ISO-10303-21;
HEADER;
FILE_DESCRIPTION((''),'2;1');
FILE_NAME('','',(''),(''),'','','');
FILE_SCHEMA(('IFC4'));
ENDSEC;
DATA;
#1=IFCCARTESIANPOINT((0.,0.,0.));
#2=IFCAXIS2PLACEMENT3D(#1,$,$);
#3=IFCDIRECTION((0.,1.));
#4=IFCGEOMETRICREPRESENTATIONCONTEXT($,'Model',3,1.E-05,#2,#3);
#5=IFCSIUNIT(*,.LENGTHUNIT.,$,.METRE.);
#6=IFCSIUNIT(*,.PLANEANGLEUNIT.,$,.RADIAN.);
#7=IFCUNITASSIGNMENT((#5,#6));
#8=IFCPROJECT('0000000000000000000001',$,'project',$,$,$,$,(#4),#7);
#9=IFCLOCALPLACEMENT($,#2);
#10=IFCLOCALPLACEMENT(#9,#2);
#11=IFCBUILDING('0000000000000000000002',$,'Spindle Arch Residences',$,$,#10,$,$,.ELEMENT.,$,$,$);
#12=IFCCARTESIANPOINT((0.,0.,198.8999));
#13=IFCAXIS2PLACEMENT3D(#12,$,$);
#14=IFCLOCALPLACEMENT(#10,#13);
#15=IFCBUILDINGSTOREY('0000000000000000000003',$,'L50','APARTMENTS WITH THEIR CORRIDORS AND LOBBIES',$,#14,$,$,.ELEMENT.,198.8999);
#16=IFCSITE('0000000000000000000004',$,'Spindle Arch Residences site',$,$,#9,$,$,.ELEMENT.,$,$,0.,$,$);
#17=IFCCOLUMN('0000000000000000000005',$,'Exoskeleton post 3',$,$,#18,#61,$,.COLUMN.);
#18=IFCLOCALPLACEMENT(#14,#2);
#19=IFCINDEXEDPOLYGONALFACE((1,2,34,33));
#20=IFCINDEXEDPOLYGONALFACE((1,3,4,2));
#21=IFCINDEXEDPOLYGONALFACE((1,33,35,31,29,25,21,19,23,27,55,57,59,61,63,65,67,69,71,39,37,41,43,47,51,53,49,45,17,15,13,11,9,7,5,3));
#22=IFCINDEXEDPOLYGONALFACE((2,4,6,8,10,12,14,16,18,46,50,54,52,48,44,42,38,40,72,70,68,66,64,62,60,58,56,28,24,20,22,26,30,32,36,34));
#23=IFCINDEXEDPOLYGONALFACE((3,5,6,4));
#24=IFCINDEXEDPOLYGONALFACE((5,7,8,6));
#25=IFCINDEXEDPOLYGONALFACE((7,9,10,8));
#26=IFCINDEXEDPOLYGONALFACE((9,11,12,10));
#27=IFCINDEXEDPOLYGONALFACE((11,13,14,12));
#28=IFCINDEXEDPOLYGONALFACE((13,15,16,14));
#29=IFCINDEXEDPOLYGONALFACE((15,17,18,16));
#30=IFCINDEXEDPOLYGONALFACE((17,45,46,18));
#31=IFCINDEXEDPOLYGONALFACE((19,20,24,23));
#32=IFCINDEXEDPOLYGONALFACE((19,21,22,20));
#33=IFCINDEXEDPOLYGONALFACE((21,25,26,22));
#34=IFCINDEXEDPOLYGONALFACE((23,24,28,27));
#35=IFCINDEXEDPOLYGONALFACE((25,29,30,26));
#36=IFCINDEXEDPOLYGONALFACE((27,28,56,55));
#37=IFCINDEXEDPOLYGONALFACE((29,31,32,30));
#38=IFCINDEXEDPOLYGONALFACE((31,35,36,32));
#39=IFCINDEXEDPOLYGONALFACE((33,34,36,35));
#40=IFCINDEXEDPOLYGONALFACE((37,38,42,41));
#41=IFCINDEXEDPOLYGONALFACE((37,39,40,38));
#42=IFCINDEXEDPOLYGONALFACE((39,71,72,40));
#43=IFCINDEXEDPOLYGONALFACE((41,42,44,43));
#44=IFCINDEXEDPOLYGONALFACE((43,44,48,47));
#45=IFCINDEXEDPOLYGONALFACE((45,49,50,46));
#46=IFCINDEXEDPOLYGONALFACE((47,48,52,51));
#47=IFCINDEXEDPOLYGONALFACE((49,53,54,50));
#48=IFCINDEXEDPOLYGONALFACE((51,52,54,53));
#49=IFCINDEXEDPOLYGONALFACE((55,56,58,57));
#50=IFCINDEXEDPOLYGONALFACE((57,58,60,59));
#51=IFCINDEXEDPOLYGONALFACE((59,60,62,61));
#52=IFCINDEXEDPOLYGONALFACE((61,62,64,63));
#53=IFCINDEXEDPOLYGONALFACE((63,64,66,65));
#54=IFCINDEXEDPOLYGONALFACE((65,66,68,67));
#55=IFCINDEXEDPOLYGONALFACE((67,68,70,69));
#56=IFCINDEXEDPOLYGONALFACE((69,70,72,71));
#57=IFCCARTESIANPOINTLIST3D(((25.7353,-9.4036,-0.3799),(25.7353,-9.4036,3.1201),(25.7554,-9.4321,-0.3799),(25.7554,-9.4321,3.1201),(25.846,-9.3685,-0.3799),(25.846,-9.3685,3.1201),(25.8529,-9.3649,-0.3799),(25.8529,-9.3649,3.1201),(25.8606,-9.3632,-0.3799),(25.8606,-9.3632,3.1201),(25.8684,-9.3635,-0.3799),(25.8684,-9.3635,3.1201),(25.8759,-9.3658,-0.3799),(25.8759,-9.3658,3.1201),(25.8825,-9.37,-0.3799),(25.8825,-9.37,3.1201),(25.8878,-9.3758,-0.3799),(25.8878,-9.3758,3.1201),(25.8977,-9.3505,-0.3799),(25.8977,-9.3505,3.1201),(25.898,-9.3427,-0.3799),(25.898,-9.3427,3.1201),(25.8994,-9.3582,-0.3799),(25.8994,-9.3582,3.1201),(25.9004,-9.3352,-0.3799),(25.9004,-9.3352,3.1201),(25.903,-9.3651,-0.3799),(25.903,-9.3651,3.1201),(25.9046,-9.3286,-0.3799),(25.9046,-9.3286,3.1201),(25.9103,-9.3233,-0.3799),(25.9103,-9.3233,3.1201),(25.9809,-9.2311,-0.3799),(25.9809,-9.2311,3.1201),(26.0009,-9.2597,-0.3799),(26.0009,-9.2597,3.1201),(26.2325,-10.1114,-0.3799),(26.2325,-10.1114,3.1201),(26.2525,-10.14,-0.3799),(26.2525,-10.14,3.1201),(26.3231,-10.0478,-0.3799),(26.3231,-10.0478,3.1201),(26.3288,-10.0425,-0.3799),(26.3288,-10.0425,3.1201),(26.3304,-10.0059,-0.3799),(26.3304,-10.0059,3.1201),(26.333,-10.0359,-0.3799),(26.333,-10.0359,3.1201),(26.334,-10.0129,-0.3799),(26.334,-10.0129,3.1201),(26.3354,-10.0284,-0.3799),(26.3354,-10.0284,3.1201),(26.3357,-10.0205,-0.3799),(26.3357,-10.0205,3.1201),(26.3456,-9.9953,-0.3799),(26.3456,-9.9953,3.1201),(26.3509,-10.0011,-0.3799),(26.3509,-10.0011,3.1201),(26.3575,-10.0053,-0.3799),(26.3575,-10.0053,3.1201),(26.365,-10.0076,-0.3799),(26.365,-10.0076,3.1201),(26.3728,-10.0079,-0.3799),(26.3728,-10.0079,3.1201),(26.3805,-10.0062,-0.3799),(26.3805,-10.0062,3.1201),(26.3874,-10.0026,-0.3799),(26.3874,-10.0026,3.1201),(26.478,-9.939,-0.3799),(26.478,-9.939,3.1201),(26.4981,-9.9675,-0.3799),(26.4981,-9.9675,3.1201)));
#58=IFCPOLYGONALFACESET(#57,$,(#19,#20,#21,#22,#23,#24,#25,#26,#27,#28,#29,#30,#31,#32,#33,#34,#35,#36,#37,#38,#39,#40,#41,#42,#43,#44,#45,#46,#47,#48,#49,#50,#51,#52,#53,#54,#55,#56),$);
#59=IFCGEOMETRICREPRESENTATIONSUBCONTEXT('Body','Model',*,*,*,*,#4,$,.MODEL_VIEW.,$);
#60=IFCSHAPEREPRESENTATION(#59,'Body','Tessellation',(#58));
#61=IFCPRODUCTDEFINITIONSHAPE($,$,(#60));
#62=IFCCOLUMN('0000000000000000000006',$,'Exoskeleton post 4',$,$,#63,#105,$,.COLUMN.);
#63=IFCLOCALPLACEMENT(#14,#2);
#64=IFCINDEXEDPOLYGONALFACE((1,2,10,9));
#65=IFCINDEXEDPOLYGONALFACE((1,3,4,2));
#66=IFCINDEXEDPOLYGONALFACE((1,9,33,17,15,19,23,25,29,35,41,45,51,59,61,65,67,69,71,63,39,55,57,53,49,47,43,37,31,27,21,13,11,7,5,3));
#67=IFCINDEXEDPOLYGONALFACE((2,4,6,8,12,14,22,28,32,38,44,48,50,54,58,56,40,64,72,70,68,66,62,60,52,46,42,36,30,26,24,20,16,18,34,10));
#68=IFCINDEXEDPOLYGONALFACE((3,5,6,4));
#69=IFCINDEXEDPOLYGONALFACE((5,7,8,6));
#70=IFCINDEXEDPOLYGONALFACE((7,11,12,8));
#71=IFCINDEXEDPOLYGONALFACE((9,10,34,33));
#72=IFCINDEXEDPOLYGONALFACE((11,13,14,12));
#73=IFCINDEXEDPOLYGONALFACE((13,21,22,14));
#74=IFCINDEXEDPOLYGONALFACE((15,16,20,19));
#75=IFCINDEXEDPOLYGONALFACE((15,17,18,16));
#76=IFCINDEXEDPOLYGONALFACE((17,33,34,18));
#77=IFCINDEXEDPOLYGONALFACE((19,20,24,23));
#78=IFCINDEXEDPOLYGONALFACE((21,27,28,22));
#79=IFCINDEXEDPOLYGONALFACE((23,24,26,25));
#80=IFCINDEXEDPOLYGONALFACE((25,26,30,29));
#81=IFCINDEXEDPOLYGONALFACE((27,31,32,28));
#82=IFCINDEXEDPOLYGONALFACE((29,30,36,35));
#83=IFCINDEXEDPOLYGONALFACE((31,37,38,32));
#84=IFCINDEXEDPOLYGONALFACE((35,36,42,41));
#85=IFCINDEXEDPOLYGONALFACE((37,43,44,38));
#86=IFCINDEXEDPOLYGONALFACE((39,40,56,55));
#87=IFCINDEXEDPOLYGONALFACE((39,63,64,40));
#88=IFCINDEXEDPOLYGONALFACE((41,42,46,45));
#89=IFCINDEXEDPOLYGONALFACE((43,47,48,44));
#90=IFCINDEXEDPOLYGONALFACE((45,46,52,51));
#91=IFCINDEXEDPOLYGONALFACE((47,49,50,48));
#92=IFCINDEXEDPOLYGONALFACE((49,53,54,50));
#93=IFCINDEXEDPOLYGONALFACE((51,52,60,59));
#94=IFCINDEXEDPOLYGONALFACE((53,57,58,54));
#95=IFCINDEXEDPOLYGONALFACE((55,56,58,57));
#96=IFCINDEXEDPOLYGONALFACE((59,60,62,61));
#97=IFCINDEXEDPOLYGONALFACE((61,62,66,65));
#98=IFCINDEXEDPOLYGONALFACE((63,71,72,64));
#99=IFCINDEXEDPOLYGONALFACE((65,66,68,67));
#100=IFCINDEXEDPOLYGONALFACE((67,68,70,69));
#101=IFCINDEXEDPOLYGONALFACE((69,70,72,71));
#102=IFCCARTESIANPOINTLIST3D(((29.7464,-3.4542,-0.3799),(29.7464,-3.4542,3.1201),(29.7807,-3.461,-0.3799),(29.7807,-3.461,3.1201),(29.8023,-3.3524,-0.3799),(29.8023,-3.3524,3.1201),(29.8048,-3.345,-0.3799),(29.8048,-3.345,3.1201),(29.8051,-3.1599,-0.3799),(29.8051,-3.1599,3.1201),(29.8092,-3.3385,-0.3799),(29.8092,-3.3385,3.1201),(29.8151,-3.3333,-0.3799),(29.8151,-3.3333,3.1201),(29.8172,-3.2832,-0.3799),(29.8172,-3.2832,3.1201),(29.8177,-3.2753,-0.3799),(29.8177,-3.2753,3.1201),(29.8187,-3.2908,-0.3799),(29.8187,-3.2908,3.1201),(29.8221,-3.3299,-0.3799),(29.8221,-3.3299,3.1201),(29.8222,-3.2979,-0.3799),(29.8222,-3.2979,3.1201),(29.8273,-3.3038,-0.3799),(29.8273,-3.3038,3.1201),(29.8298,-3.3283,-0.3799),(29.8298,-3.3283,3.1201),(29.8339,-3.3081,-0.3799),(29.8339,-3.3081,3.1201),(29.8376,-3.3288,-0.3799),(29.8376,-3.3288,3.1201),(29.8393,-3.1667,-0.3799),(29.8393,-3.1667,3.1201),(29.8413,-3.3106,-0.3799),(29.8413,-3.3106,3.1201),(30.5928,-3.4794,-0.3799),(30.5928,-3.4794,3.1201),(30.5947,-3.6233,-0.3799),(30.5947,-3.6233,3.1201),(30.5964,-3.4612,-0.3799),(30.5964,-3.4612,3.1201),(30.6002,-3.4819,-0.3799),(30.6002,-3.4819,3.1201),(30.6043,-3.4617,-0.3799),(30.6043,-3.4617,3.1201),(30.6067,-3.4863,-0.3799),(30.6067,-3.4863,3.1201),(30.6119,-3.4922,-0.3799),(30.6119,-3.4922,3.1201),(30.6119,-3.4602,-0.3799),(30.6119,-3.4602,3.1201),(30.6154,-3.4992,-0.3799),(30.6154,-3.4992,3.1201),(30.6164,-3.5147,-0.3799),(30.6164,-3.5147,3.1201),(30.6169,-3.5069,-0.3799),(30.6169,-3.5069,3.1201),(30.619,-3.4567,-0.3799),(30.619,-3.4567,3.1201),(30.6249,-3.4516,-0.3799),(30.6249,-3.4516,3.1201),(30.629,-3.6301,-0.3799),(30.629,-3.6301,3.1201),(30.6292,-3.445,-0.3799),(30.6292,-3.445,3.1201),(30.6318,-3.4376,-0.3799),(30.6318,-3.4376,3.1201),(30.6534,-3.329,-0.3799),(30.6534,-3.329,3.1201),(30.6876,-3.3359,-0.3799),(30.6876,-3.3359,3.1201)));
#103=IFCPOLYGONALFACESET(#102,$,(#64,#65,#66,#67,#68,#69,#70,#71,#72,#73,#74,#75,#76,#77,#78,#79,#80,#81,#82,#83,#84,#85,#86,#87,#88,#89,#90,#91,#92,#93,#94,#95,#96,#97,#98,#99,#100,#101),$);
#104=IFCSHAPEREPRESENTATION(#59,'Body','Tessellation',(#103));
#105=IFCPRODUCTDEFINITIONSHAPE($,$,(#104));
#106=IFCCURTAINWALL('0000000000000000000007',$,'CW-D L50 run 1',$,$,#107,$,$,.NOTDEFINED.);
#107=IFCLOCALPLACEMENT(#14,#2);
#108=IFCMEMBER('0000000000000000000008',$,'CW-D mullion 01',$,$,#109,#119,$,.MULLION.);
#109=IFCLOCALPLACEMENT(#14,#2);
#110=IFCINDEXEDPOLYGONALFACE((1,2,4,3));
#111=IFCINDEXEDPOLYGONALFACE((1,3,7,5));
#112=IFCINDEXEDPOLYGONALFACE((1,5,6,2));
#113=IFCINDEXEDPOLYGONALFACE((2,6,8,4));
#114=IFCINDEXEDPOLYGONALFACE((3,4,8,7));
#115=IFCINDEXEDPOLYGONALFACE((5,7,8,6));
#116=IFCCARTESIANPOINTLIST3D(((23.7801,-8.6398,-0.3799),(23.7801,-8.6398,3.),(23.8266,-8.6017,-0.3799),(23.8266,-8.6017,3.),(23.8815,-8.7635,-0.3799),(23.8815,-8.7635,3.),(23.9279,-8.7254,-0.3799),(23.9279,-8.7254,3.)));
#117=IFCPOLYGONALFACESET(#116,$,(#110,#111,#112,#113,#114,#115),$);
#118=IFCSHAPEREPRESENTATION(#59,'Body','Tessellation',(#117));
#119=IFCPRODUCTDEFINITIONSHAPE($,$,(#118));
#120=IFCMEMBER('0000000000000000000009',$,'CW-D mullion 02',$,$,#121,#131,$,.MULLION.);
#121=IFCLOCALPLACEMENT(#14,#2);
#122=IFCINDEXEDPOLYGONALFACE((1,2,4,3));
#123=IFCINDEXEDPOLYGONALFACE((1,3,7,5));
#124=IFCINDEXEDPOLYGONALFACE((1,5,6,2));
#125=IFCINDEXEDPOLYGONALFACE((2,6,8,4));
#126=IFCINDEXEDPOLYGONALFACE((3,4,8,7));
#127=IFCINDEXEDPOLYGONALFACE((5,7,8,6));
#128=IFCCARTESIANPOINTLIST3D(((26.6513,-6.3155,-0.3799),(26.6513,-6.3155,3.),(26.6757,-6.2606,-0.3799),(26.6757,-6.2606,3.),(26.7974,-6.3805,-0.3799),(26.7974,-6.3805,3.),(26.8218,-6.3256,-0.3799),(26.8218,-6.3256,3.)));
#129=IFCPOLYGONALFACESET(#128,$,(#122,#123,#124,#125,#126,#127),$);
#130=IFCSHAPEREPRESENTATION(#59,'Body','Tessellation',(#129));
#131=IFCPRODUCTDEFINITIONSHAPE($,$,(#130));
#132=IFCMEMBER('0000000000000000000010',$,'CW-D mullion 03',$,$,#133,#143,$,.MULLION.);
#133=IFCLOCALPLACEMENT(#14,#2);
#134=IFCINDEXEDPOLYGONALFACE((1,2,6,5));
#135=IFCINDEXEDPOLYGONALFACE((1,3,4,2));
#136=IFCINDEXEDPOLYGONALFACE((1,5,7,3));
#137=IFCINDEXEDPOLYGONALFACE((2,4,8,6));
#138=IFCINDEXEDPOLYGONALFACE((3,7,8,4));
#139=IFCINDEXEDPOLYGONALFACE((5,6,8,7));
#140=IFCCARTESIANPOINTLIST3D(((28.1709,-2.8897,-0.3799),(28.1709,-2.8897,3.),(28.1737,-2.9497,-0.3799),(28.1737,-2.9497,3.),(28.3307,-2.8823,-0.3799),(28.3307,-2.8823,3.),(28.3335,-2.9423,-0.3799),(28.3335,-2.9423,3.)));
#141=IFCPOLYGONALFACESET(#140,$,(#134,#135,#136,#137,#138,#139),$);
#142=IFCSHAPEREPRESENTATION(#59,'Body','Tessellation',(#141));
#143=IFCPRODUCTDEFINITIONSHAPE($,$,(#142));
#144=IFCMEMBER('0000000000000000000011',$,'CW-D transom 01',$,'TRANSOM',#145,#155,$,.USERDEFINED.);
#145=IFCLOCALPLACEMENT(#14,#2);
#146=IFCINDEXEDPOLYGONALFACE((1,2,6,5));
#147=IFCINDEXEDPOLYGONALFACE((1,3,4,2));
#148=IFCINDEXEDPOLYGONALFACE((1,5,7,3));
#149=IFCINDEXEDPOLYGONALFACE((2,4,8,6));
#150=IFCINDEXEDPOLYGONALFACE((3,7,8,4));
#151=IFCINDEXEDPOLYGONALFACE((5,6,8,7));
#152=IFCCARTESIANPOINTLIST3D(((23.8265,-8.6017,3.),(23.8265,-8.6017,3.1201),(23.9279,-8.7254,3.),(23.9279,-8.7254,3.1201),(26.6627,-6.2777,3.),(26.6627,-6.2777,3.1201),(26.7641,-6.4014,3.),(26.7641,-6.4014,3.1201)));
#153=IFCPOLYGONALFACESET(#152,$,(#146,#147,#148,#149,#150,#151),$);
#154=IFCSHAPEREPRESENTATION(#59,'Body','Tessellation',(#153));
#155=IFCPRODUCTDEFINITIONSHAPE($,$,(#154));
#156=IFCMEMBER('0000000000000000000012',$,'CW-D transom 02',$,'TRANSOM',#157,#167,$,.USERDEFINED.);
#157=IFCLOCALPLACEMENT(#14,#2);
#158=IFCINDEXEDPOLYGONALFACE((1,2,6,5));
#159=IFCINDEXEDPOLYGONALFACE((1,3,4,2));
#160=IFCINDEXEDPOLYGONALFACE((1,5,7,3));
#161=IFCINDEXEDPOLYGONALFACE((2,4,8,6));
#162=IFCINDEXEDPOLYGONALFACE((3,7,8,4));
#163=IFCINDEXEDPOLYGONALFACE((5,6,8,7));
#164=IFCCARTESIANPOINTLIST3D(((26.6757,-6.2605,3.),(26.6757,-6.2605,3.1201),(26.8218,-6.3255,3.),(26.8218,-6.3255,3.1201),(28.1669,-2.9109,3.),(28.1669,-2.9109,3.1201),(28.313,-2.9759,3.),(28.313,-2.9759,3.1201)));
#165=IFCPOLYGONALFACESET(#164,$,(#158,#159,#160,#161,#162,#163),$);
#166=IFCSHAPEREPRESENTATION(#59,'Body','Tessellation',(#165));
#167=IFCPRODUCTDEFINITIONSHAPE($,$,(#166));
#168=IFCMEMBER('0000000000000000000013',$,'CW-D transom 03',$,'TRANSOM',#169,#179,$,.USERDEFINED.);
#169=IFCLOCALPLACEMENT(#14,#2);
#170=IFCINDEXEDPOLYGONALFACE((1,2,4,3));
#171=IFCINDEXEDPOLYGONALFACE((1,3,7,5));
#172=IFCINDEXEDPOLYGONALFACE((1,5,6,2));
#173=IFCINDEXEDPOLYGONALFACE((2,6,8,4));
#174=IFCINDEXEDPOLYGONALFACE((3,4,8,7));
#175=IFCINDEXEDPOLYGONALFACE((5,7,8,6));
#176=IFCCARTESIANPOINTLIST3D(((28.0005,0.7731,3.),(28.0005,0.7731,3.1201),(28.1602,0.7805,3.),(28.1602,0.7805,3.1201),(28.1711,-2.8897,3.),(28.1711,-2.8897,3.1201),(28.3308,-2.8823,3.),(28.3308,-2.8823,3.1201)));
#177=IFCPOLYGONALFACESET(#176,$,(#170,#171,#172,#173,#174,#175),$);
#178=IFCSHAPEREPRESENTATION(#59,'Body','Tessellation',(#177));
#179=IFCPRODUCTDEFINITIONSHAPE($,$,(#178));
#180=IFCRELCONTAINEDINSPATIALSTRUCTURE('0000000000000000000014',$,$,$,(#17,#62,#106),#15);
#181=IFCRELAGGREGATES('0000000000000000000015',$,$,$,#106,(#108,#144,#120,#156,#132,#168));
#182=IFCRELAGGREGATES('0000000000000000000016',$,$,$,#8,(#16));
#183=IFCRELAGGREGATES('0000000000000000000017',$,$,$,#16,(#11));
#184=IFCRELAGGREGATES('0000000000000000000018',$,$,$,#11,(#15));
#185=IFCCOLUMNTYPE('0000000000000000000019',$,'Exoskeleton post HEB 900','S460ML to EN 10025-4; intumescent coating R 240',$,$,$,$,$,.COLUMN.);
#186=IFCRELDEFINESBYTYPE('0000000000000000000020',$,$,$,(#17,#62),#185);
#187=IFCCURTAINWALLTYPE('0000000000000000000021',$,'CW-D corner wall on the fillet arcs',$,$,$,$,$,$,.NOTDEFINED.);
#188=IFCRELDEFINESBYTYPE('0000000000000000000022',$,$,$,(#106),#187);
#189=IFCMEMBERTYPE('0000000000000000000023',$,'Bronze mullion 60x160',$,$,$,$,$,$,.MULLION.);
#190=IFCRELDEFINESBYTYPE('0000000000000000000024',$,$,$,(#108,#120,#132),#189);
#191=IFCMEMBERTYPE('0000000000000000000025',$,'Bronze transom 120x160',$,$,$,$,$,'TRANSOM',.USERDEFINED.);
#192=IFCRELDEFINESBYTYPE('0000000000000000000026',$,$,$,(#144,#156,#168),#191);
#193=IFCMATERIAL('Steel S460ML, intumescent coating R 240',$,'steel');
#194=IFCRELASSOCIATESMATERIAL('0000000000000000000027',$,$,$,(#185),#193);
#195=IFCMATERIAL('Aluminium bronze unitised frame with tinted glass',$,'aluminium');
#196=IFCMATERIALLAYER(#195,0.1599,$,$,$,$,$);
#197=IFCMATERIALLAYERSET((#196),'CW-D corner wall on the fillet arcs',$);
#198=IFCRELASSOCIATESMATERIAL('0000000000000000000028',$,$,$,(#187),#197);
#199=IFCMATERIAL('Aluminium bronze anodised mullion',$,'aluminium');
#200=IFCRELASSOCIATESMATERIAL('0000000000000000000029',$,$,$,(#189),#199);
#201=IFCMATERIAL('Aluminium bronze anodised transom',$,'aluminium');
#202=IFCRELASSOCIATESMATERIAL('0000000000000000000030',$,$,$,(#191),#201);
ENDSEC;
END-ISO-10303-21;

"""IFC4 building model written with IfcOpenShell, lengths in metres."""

from ifc_helpers import new_model, si_unit, direction, frame, origin, origin_2d, place, context, subcontext, project, spatial, rectangle, i_section, extrude, material, layer, layer_set, material_profile, profile_set, type_object, element, aggregate, save


model = new_model("IFC4")

# Units and contexts
model_context = context("Model", 3, precision=1e-05, world=origin(), true_north=direction((0.0, 1.0)))
body_context = subcontext(model_context, "Body", "Model", "MODEL_VIEW")
ifc_project = project(units=[si_unit("LENGTHUNIT", "METRE"), si_unit("PLANEANGLEUNIT", "RADIAN")], contexts=[model_context])

# Site, building, storey
site_placement = place(None, origin())
site = spatial("IfcSite", under=ifc_project, at=site_placement, Name="Spindle Arch Residences site", CompositionType="ELEMENT", RefElevation=0.0)
building_placement = place(site_placement, origin())
building = spatial("IfcBuilding", under=site, at=building_placement, Name="Spindle Arch Residences", CompositionType="ELEMENT")
storey_placement = place(building_placement, frame((0.0, 0.0, 198.8999)))
storey = spatial("IfcBuildingStorey", under=building, at=storey_placement, Name="L50", Description="APARTMENTS WITH THEIR CORRIDORS AND LOBBIES", CompositionType="ELEMENT", Elevation=198.8999)

# Columns
ifc_material_1 = material(Name="Steel S460ML, intumescent coating R 240", Category="steel")
ifc_material_profile_1 = material_profile(ifc_material_1, i_section(OverallWidth=0.3, OverallDepth=0.8999, WebThickness=0.0186, FlangeThickness=0.0349, FilletRadius=0.03, at=origin_2d()), Name="HEB 900")
ifc_profile_set_1 = profile_set([ifc_material_profile_1], Name="Steel S460ML, intumescent coating R 240")
column_type = type_object("IfcColumnType", Name="Exoskeleton post HEB 900", Description="S460ML to EN 10025-4; intumescent coating R 240", PredefinedType="COLUMN", material=ifc_profile_set_1)
for number, where, z_axis, x_axis, name in (
    (1, (26.1167, -9.6855, -0.3799), (0.0, 0.0, 1.0), (-0.818345, -0.574727, 0.0), "Exoskeleton post 3"),
    (2, (30.217, -3.395, -0.3799), (0.0, 0.0, 1.0), (-0.195505, -0.980703, 0.0), "Exoskeleton post 4"),
):
    element("IfcColumn", number, at=place(storey_placement, frame(where, z_axis=z_axis, x_axis=x_axis)), inside=storey, type_object=column_type, Name=name, PredefinedType="COLUMN", context=body_context, shape_type="SweptSolid", body=[
        extrude(i_section(OverallWidth=0.3, OverallDepth=0.8999, WebThickness=0.0186, FlangeThickness=0.0349, FilletRadius=0.03, at=origin_2d()), origin(), (0.0, 0.0, 1.0), 3.5),
    ])

# Curtain wall, members
ifc_material_2 = material(Name="Aluminium bronze unitised frame with tinted glass", Category="aluminium")
ifc_layer_1 = layer(ifc_material_2, 0.1599)
ifc_layer_set_1 = layer_set([ifc_layer_1], Name="CW-D corner wall on the fillet arcs")
curtain_wall_type = type_object("IfcCurtainWallType", Name="CW-D corner wall on the fillet arcs", PredefinedType="NOTDEFINED", material=ifc_layer_set_1)
curtain_wall_placement = place(storey_placement, origin())
curtain_wall = element("IfcCurtainWall", 3, at=curtain_wall_placement, inside=storey, type_object=curtain_wall_type, Name="CW-D L50 run 1", PredefinedType="NOTDEFINED")
ifc_material_3 = material(Name="Aluminium bronze anodised mullion", Category="aluminium")
ifc_material_profile_2 = material_profile(ifc_material_3, rectangle(XDim=0.1599, YDim=0.0601, at=origin_2d()), Name="MU 60x160")
ifc_profile_set_2 = profile_set([ifc_material_profile_2], Name="Aluminium bronze anodised mullion")
member_type_1 = type_object("IfcMemberType", Name="Bronze mullion 60x160", PredefinedType="MULLION", material=ifc_profile_set_2)
member_1_placement = place(storey_placement, frame((23.854, -8.6826, -0.3799), z_axis=(0.0, 0.0, 1.0), x_axis=(-0.633831, 0.773472, 0.0)))
member_1 = element("IfcMember", 4, at=member_1_placement, type_object=member_type_1, Name="CW-D mullion 01", PredefinedType="MULLION", context=body_context, shape_type="SweptSolid", body=[
    extrude(rectangle(XDim=0.1599, YDim=0.0601, at=origin_2d()), origin(), (0.0, 0.0, 1.0), 3.3799),
])
member_2_placement = place(storey_placement, frame((26.7366, -6.3206, -0.3799), z_axis=(0.0, 0.0, 1.0), x_axis=(-0.913545, 0.406737, 0.0)))
member_2 = element("IfcMember", 5, at=member_2_placement, type_object=member_type_1, Name="CW-D mullion 02", PredefinedType="MULLION", context=body_context, shape_type="SweptSolid", body=[
    extrude(rectangle(XDim=0.1599, YDim=0.0601, at=origin_2d()), origin(), (0.0, 0.0, 1.0), 3.3799),
])
member_3_placement = place(storey_placement, frame((28.2522, -2.916, -0.3799), z_axis=(0.0, 0.0, 1.0), x_axis=(-0.998917, -0.046525, 0.0)))
member_3 = element("IfcMember", 6, at=member_3_placement, type_object=member_type_1, Name="CW-D mullion 03", PredefinedType="MULLION", context=body_context, shape_type="SweptSolid", body=[
    extrude(rectangle(XDim=0.1599, YDim=0.0601, at=origin_2d()), origin(), (0.0, 0.0, 1.0), 3.3799),
])
ifc_material_4 = material(Name="Aluminium bronze anodised transom", Category="aluminium")
ifc_material_profile_3 = material_profile(ifc_material_4, rectangle(XDim=0.1599, YDim=0.1201, at=origin_2d()), Name="TR 120x160")
ifc_profile_set_3 = profile_set([ifc_material_profile_3], Name="Aluminium bronze anodised transom")
member_type_2 = type_object("IfcMemberType", Name="Bronze transom 120x160", ElementType="TRANSOM", PredefinedType="USERDEFINED", material=ifc_profile_set_3)
member_4_placement = place(storey_placement, frame((23.8772, -8.6636, 3.0601), z_axis=(0.773494, 0.633803, 0.0), x_axis=(-0.633803, 0.773494, 0.0)))
member_4 = element("IfcMember", 7, at=member_4_placement, type_object=member_type_2, Name="CW-D transom 01", ObjectType="TRANSOM", PredefinedType="USERDEFINED", context=body_context, shape_type="SweptSolid", body=[
    extrude(rectangle(XDim=0.1599, YDim=0.1201, at=origin_2d()), origin(), (0.0, 0.0, 1.0), 3.6667),
])
member_5_placement = place(storey_placement, frame((26.7488, -6.293, 3.0601), z_axis=(0.406707, 0.913559, 0.0), x_axis=(-0.913559, 0.406707, 0.0)))
member_5 = element("IfcMember", 8, at=member_5_placement, type_object=member_type_2, Name="CW-D transom 02", ObjectType="TRANSOM", PredefinedType="USERDEFINED", context=body_context, shape_type="SweptSolid", body=[
    extrude(rectangle(XDim=0.1599, YDim=0.1201, at=origin_2d()), origin(), (0.0, 0.0, 1.0), 3.6665),
])
member_6_placement = place(storey_placement, frame((28.251, -2.886, 3.0601), z_axis=(-0.04654, 0.998916, 0.0), x_axis=(-0.998916, -0.04654, 0.0)))
member_6 = element("IfcMember", 9, at=member_6_placement, type_object=member_type_2, Name="CW-D transom 03", ObjectType="TRANSOM", PredefinedType="USERDEFINED", context=body_context, shape_type="SweptSolid", body=[
    extrude(rectangle(XDim=0.1599, YDim=0.1201, at=origin_2d()), origin(), (0.0, 0.0, 1.0), 3.6667),
])

aggregate(curtain_wall, [member_1, member_4, member_2, member_5, member_3, member_6])

save(model, "model.ifc")
